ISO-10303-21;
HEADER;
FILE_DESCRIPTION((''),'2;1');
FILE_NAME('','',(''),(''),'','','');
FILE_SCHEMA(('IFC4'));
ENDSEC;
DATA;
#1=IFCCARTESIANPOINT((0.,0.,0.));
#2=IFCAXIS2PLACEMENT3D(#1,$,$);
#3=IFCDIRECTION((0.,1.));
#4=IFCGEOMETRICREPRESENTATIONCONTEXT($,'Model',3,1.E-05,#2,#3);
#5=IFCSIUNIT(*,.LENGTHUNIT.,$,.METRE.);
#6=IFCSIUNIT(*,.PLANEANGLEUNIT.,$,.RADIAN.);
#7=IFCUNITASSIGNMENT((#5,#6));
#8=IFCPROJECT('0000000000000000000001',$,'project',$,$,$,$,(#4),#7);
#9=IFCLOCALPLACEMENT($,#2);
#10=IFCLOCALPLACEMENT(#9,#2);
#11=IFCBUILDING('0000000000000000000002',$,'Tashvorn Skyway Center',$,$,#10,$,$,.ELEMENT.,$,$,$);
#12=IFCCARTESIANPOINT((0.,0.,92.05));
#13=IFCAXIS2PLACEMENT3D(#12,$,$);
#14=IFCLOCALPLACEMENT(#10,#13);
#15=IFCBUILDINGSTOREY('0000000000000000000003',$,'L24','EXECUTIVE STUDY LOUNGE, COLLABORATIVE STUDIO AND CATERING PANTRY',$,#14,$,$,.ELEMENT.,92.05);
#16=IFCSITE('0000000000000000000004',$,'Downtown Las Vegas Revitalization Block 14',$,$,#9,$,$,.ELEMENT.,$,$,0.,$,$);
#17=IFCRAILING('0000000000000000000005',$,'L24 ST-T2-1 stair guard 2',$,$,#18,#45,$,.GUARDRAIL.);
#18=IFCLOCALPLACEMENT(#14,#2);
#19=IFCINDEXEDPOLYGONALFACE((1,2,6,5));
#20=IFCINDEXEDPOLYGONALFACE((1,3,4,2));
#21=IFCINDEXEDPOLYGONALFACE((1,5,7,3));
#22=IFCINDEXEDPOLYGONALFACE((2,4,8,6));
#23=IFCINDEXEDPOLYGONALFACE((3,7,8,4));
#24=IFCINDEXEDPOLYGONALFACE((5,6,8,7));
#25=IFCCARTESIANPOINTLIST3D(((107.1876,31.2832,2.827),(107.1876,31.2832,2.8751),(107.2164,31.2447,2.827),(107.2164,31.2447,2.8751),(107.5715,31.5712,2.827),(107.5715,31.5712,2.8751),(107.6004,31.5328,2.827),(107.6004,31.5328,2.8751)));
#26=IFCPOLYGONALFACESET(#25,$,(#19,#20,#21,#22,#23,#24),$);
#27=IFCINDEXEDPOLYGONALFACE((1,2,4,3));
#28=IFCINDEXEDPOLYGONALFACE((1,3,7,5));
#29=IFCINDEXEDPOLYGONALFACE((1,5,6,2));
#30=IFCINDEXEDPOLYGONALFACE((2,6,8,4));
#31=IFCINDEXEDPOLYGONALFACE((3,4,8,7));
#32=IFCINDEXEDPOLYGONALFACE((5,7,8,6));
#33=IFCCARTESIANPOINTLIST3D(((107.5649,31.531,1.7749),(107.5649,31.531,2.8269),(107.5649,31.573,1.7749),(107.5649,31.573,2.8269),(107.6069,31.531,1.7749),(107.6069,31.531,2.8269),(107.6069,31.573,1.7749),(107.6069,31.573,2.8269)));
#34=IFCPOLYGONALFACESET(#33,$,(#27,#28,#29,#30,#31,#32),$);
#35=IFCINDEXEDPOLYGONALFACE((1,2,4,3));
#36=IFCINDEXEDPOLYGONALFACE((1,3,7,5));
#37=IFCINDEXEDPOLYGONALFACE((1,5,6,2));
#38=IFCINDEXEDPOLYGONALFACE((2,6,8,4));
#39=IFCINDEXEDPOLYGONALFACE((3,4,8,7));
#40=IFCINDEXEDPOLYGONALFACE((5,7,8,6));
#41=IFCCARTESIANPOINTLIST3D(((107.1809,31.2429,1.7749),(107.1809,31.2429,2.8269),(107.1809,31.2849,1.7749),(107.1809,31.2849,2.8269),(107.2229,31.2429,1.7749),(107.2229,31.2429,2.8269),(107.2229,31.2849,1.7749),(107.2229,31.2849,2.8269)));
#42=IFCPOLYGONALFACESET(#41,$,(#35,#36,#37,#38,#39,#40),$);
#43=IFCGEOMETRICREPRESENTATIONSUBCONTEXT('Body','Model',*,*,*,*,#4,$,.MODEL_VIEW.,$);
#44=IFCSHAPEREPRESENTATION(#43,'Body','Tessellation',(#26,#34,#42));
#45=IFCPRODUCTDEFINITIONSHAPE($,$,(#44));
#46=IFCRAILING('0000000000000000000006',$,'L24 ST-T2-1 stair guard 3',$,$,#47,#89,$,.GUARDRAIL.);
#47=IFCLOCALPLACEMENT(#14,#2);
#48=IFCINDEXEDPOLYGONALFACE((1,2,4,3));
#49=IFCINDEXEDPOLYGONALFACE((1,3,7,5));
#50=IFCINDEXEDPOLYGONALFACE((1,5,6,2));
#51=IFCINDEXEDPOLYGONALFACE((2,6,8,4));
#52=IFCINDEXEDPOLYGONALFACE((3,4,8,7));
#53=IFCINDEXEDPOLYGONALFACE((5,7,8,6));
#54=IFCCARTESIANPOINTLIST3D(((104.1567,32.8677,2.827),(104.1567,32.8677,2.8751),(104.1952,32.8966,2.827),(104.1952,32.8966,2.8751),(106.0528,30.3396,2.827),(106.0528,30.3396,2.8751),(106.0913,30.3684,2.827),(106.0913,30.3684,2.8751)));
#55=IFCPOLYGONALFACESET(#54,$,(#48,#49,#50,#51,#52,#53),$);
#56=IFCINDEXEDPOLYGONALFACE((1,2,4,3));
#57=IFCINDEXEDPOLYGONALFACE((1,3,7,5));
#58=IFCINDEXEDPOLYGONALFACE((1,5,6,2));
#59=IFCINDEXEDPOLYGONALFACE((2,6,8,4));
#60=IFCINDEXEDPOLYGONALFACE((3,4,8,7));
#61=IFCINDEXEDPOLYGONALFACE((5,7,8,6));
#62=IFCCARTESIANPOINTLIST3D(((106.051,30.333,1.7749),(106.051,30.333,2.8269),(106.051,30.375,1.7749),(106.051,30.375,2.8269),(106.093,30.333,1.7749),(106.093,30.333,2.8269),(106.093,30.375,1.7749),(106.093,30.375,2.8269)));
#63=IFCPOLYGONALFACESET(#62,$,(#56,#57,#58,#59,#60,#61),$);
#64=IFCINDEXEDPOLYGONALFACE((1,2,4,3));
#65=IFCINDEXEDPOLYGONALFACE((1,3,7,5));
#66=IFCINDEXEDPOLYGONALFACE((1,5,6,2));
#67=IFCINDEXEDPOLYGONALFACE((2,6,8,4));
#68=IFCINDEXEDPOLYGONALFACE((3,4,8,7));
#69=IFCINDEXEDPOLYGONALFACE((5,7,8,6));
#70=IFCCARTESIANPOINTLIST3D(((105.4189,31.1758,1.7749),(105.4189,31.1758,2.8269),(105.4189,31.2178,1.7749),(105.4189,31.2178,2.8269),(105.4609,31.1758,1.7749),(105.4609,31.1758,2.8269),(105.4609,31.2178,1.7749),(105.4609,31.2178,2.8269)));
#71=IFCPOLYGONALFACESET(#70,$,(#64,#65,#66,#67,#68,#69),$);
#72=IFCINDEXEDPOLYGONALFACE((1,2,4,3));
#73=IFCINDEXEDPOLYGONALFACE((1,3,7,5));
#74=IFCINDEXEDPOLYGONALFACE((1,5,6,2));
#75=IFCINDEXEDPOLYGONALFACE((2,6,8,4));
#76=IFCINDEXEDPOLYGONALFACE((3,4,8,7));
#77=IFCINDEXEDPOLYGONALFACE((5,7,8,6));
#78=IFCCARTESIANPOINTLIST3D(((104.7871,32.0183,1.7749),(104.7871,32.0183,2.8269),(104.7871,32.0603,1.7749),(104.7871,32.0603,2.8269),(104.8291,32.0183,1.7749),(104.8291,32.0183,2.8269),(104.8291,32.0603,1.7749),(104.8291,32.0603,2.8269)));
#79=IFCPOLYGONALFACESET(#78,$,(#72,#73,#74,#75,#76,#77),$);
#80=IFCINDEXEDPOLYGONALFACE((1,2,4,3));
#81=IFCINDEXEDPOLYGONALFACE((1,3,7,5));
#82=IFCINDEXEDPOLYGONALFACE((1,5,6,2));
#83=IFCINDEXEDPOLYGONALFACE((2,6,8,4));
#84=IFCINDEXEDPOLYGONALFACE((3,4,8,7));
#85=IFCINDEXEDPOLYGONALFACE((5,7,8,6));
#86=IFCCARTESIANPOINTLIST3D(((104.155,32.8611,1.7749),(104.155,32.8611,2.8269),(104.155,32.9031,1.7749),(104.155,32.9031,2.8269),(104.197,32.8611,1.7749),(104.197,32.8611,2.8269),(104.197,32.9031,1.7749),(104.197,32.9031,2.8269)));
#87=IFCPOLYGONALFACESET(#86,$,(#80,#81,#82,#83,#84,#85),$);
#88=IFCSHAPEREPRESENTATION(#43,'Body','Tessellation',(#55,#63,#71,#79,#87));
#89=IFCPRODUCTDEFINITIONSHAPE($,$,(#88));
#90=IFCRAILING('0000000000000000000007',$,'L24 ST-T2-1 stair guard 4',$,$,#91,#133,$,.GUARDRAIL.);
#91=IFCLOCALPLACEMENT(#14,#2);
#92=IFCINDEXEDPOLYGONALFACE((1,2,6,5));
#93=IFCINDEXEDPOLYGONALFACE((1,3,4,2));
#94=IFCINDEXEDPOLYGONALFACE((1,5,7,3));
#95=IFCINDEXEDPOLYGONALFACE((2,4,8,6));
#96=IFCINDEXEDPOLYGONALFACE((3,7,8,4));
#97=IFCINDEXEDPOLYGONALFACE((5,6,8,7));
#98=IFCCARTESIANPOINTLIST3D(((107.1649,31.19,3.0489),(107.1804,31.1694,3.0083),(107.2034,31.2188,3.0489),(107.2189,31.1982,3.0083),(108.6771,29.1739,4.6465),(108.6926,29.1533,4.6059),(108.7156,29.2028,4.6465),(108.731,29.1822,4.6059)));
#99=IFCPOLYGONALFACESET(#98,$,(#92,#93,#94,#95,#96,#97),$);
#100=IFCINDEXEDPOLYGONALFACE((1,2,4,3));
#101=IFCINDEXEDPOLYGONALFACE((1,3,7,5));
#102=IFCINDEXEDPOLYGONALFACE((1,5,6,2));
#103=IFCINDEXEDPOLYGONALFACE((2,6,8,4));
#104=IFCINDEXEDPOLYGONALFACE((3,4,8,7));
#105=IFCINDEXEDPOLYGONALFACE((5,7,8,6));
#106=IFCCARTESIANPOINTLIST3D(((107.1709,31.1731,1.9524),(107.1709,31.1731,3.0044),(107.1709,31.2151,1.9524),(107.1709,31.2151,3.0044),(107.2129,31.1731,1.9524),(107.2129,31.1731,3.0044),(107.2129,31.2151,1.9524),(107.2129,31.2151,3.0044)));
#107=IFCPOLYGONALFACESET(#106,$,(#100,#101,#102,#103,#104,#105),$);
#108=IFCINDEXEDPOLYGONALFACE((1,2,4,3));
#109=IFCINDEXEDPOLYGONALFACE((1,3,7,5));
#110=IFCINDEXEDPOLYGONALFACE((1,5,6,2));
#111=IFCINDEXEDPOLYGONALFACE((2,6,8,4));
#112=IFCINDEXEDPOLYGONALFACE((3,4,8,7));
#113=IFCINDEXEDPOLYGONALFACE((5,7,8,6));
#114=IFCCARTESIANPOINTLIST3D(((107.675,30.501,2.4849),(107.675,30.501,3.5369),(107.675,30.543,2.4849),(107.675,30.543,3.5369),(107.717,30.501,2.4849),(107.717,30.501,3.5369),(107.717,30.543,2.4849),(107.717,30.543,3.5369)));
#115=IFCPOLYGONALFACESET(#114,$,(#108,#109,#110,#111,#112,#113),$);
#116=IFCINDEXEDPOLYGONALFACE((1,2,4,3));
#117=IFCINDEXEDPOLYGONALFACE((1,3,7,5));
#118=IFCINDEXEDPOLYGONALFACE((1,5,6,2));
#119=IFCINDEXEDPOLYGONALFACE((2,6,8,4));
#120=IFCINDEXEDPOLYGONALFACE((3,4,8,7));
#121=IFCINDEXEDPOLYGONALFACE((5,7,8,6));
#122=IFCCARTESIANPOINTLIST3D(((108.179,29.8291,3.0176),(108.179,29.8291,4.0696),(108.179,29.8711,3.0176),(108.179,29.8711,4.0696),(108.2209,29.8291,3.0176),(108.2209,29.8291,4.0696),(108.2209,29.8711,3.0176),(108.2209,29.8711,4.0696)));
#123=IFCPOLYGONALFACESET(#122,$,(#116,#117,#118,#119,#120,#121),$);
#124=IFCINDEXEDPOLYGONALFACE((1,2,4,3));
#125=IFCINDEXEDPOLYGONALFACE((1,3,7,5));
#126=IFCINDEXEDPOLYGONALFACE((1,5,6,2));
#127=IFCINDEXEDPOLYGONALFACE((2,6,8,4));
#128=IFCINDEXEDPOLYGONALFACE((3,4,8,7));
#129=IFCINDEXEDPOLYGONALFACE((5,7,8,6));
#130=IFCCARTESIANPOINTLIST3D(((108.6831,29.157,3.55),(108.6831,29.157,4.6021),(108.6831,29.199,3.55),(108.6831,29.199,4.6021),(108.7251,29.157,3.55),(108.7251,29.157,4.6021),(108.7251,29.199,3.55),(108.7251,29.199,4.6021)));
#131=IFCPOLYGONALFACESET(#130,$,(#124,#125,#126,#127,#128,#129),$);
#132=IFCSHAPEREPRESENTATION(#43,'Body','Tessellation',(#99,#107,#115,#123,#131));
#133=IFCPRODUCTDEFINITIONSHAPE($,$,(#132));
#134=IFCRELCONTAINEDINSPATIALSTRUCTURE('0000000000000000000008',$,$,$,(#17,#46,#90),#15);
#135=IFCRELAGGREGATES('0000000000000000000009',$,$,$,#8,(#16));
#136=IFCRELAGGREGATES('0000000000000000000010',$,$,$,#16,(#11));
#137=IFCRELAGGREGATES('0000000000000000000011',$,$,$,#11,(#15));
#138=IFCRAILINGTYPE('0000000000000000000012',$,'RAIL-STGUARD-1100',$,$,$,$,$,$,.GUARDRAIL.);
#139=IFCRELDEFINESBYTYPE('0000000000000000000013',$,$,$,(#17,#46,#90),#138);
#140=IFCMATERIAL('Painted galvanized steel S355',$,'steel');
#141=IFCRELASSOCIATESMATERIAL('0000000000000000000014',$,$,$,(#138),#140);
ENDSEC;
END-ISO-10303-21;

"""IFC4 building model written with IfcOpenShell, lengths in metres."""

from ifc_helpers import new_model, si_unit, direction, frame, origin, origin_2d, place, context, subcontext, project, spatial, rectangle, extrude, material, type_object, element, save


model = new_model("IFC4")

# Units and contexts
model_context = context("Model", 3, precision=1e-05, world=origin(), true_north=direction((0.0, 1.0)))
body_context = subcontext(model_context, "Body", "Model", "MODEL_VIEW")
ifc_project = project(units=[si_unit("LENGTHUNIT", "METRE"), si_unit("PLANEANGLEUNIT", "RADIAN")], contexts=[model_context])

# Site, building, storey
site_placement = place(None, origin())
site = spatial("IfcSite", under=ifc_project, at=site_placement, Name="Downtown Las Vegas Revitalization Block 14", CompositionType="ELEMENT", RefElevation=0.0)
building_placement = place(site_placement, origin())
building = spatial("IfcBuilding", under=site, at=building_placement, Name="Tashvorn Skyway Center", CompositionType="ELEMENT")
storey_placement = place(building_placement, frame((0.0, 0.0, 92.05)))
storey = spatial("IfcBuildingStorey", under=building, at=storey_placement, Name="L24", Description="EXECUTIVE STUDY LOUNGE, COLLABORATIVE STUDIO AND CATERING PANTRY", CompositionType="ELEMENT", Elevation=92.05)

# Railings
ifc_material_1 = material(Name="Painted galvanized steel S355", Category="steel")
railing_type_1 = type_object("IfcRailingType", Name="RAIL-STGUARD-1100", PredefinedType="GUARDRAIL", material=ifc_material_1)
railing_1_placement = place(storey_placement, frame((107.5859, 31.552, 1.7749)))
element("IfcRailing", 1, at=railing_1_placement, inside=storey, type_object=railing_type_1, Name="L24 ST-T2-1 stair guard 2", PredefinedType="GUARDRAIL", context=body_context, shape_type="SweptSolid", body=[
    extrude(rectangle(XDim=0.0481, YDim=0.0481, at=origin_2d()), frame((0.0, 0.0, 1.0762), z_axis=(-0.799939, -0.600081, 0.0), x_axis=(0.600081, -0.799939, 0.0)), (0.0, 0.0, 1.0), 0.48),
    extrude(rectangle(XDim=0.042, YDim=0.042, at=origin_2d()), origin(), (0.0, 0.0, 1.0), 1.052),
    extrude(rectangle(XDim=0.042, YDim=0.042, at=origin_2d()), frame((-0.384, -0.2881, 0.0)), (0.0, 0.0, 1.0), 1.052),
])
railing_2_placement = place(storey_placement, frame((106.072, 30.354, 1.7749)))
element("IfcRailing", 2, at=railing_2_placement, inside=storey, type_object=railing_type_1, Name="L24 ST-T2-1 stair guard 3", PredefinedType="GUARDRAIL", context=body_context, shape_type="SweptSolid", body=[
    extrude(rectangle(XDim=0.0481, YDim=0.0481, at=origin_2d()), frame((0.0, 0.0, 1.0762), z_axis=(-0.599988, 0.800009, 0.0), x_axis=(-0.800009, -0.599988, 0.0)), (0.0, 0.0, 1.0), 3.1602),
    extrude(rectangle(XDim=0.042, YDim=0.042, at=origin_2d()), origin(), (0.0, 0.0, 1.0), 1.052),
    extrude(rectangle(XDim=0.042, YDim=0.042, at=origin_2d()), frame((-0.6321, 0.8428, 0.0)), (0.0, 0.0, 1.0), 1.052),
    extrude(rectangle(XDim=0.042, YDim=0.042, at=origin_2d()), frame((-1.2639, 1.6853, 0.0)), (0.0, 0.0, 1.0), 1.052),
    extrude(rectangle(XDim=0.042, YDim=0.042, at=origin_2d()), frame((-1.896, 2.5281, 0.0)), (0.0, 0.0, 1.0), 1.052),
])
railing_3_placement = place(storey_placement, frame((107.1919, 31.1941, 1.9524)))
element("IfcRailing", 3, at=railing_3_placement, inside=storey, type_object=railing_type_1, Name="L24 ST-T2-1 stair guard 4", PredefinedType="GUARDRAIL", context=body_context, shape_type="SweptSolid", body=[
    extrude(rectangle(XDim=0.0481, YDim=0.0481, at=origin_2d()), frame((0.0, 0.0, 1.0762), z_axis=(0.506779, -0.675651, 0.535416), x_axis=(0.799977, 0.600031, 0.0)), (0.0, 0.0, 1.0), 2.9839),
    extrude(rectangle(XDim=0.042, YDim=0.042, at=origin_2d()), origin(), (0.0, 0.0, 1.0), 1.052),
    extrude(rectangle(XDim=0.042, YDim=0.042, at=origin_2d()), frame((0.5042, -0.6721, 0.5325)), (0.0, 0.0, 1.0), 1.052),
    extrude(rectangle(XDim=0.042, YDim=0.042, at=origin_2d()), frame((1.0081, -1.344, 1.0652)), (0.0, 0.0, 1.0), 1.052),
    extrude(rectangle(XDim=0.042, YDim=0.042, at=origin_2d()), frame((1.5122, -2.0161, 1.5977)), (0.0, 0.0, 1.0), 1.052),
])

save(model, "model.ifc")
